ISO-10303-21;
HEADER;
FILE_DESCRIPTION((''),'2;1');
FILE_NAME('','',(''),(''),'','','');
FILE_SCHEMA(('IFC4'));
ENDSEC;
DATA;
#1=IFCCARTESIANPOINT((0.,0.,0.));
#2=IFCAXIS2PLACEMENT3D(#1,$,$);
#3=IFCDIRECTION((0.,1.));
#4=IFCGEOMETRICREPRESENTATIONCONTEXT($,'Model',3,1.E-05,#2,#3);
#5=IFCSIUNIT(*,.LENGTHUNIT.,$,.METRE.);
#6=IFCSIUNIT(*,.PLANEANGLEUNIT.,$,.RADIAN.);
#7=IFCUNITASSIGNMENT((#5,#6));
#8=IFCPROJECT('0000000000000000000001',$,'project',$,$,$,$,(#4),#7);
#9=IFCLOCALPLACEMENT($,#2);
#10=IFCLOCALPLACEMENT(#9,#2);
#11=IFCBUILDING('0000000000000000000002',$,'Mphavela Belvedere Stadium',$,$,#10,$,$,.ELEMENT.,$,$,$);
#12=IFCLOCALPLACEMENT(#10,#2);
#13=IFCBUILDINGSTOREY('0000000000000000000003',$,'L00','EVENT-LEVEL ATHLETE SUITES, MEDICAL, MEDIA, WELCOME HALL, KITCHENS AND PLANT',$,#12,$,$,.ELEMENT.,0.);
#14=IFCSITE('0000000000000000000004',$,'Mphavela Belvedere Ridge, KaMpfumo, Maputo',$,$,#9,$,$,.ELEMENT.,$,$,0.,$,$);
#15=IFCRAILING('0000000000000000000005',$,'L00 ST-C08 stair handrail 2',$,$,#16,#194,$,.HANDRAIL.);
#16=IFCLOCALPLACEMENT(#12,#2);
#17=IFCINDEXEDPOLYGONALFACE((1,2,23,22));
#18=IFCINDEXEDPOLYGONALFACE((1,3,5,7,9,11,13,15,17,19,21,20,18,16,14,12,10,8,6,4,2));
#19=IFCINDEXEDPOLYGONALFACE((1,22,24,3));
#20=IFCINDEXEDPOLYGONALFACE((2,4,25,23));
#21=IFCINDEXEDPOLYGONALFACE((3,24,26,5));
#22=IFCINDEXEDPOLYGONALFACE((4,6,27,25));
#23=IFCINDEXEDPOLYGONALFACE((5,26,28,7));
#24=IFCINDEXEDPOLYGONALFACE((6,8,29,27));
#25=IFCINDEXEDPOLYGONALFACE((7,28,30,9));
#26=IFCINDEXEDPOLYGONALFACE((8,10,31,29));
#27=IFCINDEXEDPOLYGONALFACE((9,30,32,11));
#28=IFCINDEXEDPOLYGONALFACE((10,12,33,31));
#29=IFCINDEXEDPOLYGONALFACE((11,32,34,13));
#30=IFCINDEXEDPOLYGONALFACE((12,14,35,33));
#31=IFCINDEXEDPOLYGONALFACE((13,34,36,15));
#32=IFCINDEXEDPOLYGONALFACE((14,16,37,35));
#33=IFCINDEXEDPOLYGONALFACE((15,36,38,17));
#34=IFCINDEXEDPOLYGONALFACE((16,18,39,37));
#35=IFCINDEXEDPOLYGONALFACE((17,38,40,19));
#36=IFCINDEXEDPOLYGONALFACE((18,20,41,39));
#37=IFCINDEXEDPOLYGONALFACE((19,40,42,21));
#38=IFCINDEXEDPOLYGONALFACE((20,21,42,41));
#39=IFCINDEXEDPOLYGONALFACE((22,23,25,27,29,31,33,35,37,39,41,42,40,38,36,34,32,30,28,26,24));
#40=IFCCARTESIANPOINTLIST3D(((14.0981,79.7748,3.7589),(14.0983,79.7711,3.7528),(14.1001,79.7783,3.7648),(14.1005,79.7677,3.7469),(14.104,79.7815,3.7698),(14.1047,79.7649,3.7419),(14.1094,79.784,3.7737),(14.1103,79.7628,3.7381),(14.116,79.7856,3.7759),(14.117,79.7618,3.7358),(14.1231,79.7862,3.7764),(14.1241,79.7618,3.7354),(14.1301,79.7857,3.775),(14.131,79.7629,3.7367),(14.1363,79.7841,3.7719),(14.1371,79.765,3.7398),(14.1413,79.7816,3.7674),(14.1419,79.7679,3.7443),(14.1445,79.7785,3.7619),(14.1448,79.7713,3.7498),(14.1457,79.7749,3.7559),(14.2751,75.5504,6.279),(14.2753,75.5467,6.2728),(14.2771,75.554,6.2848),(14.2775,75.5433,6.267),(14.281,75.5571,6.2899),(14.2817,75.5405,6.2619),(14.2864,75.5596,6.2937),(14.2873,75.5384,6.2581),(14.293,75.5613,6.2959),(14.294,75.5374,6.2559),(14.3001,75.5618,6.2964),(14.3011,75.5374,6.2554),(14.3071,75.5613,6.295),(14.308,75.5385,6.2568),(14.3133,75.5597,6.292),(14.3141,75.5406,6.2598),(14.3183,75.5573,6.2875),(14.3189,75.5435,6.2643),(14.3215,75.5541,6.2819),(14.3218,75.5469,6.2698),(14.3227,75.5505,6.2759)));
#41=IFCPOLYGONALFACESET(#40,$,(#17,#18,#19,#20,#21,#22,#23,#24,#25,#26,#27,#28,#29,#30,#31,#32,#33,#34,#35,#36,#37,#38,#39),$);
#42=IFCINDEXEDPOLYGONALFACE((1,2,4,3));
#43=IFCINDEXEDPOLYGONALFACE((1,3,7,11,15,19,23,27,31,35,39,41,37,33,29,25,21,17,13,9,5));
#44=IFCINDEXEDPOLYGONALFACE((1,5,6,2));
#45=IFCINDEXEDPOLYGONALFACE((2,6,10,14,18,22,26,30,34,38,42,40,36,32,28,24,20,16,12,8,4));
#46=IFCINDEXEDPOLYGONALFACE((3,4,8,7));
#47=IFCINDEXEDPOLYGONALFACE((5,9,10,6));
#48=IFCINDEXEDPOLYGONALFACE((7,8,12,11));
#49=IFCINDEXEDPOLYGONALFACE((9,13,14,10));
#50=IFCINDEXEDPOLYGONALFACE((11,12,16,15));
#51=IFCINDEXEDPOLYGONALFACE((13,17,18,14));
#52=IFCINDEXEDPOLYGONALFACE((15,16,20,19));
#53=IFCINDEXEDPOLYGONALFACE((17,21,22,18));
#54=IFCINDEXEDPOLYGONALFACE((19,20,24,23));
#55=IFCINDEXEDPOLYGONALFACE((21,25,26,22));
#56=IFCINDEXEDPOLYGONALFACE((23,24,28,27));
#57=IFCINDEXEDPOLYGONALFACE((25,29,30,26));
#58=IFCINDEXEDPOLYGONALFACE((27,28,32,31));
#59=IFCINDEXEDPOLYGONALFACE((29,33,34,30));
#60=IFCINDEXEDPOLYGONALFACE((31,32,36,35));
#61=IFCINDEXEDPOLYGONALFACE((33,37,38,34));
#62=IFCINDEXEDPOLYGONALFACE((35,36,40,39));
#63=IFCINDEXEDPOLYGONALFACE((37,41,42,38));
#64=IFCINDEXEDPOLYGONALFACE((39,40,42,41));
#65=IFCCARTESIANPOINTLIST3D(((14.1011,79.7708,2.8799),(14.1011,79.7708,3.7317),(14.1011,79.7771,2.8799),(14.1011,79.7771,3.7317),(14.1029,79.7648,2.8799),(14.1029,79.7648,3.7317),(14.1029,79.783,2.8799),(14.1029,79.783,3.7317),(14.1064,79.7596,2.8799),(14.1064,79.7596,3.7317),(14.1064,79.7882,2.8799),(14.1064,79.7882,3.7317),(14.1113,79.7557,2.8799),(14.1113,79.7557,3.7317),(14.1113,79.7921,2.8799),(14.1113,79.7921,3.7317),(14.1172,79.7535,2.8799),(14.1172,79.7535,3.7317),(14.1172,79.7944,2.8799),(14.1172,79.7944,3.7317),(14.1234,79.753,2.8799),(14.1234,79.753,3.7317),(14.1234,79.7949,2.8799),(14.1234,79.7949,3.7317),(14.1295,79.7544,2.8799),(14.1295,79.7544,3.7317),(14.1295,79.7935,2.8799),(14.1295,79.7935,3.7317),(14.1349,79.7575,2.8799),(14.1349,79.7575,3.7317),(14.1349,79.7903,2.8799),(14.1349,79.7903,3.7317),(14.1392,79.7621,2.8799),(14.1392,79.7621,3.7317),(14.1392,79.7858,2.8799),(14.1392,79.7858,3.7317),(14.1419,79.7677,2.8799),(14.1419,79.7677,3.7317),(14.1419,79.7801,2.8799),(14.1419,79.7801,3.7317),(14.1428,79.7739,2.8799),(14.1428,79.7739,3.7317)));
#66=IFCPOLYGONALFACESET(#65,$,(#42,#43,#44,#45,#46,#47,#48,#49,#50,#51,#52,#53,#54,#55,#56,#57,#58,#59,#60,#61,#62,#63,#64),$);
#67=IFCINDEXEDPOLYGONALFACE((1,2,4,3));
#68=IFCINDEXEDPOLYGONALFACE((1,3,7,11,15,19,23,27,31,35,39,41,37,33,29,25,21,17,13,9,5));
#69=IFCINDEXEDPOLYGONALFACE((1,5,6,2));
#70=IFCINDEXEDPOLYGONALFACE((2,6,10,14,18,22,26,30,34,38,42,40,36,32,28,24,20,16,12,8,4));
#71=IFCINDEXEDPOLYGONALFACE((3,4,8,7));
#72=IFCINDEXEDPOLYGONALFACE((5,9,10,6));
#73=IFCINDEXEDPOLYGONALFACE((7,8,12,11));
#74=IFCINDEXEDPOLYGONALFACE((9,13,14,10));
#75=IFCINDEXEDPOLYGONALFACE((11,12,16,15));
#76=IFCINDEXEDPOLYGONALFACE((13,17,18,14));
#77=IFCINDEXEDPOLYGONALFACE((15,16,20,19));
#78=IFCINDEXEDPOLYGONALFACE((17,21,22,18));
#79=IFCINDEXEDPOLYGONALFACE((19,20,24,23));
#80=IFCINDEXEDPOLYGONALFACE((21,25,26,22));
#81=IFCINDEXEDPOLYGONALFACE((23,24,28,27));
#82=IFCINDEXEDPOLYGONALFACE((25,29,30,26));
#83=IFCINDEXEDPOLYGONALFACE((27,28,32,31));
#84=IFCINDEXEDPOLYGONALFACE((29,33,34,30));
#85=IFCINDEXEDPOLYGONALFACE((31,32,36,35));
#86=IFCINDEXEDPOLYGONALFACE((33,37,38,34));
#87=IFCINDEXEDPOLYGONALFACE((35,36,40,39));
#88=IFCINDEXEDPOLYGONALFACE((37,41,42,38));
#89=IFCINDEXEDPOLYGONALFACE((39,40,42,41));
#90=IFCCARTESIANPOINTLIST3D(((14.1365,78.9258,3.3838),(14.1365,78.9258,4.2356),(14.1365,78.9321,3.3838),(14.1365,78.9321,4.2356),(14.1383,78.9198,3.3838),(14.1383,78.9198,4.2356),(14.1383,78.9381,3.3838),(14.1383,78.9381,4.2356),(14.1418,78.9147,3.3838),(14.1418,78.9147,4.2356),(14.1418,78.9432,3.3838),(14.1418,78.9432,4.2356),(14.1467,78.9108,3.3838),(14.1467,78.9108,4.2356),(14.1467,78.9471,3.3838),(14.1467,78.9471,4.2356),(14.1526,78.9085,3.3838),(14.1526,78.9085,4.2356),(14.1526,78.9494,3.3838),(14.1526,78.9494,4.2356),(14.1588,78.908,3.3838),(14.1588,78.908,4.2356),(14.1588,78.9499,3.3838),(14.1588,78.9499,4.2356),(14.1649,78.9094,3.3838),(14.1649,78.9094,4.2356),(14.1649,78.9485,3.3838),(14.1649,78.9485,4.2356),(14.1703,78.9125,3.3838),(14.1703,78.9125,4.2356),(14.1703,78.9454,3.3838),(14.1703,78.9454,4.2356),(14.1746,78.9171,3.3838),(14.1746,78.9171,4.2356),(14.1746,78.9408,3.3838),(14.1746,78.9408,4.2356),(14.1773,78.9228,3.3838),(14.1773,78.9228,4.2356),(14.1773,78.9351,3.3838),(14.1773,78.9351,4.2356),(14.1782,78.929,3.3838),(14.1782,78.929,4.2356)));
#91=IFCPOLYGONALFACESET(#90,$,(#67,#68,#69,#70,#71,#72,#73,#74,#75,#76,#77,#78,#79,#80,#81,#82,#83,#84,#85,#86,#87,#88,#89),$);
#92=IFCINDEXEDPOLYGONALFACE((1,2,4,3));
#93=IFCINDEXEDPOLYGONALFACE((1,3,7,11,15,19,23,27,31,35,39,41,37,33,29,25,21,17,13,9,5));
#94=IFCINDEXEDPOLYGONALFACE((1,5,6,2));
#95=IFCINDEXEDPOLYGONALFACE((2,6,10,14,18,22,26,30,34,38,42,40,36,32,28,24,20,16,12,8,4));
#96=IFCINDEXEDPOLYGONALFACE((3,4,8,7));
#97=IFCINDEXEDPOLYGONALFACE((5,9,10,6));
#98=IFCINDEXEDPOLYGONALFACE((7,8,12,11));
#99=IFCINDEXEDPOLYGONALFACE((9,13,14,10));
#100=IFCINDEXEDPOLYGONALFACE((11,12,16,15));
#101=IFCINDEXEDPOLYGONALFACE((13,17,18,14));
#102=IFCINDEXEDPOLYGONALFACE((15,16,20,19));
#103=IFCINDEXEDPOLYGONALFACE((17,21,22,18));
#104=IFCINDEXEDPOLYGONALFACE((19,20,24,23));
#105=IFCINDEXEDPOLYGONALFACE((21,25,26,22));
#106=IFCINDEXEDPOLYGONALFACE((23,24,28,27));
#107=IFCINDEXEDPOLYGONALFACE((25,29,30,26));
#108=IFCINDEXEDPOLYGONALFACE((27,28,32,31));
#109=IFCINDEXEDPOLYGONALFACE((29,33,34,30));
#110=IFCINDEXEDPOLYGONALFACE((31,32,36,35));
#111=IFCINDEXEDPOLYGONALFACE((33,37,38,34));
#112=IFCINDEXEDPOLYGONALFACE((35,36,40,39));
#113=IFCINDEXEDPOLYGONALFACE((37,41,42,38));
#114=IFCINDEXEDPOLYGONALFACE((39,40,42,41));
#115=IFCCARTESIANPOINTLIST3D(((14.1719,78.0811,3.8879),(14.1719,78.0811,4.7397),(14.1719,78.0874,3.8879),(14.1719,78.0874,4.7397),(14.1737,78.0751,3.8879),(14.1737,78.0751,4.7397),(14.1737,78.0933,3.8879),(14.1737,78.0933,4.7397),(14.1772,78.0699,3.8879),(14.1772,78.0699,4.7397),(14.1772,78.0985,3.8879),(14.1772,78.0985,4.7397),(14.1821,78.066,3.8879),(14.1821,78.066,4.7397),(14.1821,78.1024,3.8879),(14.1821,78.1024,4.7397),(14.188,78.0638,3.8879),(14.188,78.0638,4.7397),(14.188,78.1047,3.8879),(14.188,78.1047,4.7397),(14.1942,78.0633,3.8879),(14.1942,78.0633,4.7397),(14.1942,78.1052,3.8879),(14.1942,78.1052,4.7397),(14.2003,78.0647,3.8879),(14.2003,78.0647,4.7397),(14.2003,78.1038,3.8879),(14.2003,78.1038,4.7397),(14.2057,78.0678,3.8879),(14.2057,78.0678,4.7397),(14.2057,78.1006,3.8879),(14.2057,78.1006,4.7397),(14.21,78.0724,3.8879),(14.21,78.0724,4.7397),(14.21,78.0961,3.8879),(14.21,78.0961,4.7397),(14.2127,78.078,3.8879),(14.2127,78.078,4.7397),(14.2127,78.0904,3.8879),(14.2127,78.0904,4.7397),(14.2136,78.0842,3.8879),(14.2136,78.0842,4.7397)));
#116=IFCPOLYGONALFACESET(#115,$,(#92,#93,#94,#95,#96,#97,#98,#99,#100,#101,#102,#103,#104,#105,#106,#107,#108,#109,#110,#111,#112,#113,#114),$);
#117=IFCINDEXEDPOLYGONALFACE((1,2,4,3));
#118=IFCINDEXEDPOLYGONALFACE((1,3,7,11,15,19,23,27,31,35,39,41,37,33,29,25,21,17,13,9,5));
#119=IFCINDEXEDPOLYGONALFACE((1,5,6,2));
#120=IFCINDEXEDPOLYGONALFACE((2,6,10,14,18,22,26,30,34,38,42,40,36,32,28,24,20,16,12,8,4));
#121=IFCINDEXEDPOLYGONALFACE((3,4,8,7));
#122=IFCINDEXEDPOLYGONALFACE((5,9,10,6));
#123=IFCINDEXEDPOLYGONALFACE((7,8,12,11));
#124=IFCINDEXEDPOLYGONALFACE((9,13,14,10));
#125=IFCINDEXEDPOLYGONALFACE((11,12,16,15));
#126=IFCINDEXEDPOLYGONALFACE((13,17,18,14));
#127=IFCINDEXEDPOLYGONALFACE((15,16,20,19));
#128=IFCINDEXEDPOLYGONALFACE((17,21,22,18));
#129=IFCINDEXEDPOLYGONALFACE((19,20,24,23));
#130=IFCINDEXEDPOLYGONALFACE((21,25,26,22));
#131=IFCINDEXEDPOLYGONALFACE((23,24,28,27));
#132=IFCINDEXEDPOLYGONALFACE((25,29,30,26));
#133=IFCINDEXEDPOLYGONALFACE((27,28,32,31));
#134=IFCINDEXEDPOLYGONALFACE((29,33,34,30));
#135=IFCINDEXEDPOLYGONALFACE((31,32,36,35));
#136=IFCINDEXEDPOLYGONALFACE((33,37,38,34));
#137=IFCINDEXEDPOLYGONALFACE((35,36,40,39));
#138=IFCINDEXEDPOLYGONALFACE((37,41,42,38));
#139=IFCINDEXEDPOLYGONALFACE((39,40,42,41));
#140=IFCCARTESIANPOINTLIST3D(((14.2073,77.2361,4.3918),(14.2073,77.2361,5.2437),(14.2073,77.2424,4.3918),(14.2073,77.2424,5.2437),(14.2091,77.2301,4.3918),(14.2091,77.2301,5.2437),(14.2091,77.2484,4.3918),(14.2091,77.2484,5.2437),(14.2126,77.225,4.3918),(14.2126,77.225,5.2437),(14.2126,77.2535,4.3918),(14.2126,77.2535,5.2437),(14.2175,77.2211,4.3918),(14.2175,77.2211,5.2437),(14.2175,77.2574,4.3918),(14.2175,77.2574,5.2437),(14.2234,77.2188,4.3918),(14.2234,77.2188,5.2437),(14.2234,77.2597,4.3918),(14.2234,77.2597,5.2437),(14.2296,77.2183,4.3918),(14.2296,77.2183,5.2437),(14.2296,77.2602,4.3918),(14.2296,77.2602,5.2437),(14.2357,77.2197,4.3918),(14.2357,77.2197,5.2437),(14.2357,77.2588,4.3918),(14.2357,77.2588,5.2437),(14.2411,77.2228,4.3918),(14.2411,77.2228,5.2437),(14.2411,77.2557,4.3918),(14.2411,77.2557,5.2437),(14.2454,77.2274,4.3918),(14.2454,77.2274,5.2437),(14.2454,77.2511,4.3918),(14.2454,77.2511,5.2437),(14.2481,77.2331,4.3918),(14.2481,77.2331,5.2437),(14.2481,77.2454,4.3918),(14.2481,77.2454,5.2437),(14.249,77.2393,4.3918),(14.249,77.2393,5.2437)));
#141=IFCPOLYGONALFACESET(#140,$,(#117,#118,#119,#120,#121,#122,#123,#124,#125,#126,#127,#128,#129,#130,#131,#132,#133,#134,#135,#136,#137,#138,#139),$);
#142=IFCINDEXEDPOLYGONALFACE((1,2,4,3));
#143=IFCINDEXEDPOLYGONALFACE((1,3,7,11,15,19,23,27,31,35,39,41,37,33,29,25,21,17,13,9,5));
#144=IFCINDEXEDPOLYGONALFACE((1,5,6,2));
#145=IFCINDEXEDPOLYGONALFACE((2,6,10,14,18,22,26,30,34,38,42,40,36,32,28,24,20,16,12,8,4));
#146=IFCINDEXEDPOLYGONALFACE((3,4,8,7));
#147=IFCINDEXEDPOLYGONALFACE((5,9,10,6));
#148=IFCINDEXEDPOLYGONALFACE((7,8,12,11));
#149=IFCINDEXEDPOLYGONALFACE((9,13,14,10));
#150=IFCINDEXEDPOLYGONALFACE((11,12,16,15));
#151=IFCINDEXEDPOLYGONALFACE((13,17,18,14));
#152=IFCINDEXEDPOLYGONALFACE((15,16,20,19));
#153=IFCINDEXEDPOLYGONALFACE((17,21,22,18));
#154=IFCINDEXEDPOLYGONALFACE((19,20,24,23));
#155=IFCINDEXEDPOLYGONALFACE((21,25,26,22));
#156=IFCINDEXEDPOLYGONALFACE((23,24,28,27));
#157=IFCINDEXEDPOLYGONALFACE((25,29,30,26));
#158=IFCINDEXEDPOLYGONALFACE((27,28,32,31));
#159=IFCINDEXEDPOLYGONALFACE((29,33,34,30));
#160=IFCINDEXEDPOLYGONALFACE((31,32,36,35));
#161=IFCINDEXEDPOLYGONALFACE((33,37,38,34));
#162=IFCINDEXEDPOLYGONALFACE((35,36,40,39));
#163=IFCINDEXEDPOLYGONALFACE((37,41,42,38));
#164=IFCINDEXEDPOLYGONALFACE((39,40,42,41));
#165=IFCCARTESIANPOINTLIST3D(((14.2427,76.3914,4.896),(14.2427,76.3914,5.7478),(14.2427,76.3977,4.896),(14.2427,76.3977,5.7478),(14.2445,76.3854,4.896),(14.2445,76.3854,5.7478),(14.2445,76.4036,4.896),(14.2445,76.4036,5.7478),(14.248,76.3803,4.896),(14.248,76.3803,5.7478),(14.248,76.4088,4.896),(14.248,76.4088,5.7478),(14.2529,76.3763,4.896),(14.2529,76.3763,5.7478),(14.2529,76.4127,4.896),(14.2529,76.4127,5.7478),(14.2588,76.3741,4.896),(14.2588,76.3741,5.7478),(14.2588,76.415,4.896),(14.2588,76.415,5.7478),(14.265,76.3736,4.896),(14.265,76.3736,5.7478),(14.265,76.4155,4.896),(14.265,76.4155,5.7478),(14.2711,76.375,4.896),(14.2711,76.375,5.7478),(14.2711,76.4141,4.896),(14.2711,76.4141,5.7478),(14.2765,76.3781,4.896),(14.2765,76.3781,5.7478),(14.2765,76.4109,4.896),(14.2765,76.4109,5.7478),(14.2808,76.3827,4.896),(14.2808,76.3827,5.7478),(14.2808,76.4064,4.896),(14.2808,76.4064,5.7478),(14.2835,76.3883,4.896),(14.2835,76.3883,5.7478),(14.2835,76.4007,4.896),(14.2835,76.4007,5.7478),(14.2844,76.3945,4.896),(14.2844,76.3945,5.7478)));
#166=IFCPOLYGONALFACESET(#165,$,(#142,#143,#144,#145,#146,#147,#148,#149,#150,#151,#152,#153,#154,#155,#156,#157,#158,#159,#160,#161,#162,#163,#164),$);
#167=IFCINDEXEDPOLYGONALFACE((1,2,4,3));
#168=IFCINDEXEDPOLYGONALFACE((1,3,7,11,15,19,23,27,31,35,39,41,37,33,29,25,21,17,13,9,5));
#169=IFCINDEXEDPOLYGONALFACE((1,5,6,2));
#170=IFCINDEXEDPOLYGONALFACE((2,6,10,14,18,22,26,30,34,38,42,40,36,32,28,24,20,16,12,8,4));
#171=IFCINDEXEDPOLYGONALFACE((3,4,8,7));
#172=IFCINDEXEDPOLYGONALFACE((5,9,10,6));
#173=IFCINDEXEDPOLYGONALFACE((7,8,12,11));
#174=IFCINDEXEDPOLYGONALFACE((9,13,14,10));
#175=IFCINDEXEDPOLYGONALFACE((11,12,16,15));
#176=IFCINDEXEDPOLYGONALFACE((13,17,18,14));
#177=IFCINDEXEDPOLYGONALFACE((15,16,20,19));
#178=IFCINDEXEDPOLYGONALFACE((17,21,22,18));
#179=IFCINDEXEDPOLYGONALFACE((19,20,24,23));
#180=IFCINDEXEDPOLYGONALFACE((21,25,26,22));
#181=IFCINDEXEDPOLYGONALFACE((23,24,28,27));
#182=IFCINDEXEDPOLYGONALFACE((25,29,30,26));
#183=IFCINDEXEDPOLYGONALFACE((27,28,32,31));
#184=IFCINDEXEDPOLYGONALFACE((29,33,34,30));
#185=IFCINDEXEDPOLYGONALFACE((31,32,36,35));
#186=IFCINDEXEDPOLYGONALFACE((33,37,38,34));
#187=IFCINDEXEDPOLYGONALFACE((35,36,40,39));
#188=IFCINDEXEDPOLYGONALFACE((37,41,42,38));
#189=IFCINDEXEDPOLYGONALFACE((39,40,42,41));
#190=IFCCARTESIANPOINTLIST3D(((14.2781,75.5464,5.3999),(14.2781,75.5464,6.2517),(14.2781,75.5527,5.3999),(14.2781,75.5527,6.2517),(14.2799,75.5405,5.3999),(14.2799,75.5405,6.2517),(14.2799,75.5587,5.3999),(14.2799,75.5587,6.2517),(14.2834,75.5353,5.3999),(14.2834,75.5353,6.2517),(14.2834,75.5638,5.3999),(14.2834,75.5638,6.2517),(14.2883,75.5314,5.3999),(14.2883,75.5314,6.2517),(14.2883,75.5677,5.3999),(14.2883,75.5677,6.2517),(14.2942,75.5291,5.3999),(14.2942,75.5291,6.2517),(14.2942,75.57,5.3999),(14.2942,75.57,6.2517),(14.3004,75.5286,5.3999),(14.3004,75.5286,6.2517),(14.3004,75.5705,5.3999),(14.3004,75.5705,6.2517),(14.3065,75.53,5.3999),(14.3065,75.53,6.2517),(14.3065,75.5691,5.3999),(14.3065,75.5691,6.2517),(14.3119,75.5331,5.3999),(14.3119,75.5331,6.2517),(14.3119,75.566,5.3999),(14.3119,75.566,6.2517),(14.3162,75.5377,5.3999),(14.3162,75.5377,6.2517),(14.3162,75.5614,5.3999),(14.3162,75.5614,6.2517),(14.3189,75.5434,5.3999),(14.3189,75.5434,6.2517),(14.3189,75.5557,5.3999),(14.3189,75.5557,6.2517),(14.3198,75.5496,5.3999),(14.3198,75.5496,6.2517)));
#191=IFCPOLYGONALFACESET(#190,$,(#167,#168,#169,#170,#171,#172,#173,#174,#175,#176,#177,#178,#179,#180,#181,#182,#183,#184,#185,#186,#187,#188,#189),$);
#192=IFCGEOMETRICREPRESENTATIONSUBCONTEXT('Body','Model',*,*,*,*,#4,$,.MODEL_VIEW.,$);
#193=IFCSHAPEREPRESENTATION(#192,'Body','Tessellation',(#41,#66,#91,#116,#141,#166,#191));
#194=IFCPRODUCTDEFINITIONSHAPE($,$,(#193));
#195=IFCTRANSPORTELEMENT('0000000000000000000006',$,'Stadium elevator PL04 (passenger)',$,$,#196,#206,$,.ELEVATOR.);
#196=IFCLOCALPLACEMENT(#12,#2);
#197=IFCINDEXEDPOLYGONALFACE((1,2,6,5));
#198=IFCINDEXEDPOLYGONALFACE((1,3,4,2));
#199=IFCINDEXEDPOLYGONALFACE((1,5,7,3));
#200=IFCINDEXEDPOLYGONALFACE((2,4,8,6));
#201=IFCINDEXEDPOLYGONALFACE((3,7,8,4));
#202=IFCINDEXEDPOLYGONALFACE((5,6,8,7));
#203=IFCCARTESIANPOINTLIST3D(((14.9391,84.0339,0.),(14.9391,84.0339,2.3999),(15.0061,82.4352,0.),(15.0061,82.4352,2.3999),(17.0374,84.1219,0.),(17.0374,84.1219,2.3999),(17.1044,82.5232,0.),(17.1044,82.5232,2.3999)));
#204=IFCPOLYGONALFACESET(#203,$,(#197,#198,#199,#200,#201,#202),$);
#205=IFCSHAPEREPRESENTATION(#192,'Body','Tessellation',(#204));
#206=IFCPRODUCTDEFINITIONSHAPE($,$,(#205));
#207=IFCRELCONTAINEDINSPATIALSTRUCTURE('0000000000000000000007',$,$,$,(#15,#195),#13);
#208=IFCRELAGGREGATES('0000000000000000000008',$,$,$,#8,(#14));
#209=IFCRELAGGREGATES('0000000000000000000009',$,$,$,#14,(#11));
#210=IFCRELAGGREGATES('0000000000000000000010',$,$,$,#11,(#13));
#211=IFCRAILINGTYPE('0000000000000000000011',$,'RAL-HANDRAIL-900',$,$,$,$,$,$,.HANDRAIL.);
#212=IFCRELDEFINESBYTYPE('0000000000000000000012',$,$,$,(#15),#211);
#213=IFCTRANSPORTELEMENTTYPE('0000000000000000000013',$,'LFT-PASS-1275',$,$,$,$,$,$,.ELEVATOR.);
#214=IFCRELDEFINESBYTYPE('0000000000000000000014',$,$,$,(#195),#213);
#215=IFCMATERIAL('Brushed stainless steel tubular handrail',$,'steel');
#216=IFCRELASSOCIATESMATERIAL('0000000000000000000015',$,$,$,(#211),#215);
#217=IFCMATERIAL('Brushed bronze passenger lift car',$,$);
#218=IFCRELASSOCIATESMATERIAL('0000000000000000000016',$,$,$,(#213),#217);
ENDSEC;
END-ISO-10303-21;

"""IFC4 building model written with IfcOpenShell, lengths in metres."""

from ifc_helpers import new_model, si_unit, direction, frame, origin, origin_2d, place, context, subcontext, project, spatial, rectangle, circle, extrude, material, type_object, element, save


model = new_model("IFC4")

# Units and contexts
model_context = context("Model", 3, precision=1e-05, world=origin(), true_north=direction((0.0, 1.0)))
body_context = subcontext(model_context, "Body", "Model", "MODEL_VIEW")
ifc_project = project(units=[si_unit("LENGTHUNIT", "METRE"), si_unit("PLANEANGLEUNIT", "RADIAN")], contexts=[model_context])

# Site, building, storey
site_placement = place(None, origin())
site = spatial("IfcSite", under=ifc_project, at=site_placement, Name="Mphavela Belvedere Ridge, KaMpfumo, Maputo", CompositionType="ELEMENT", RefElevation=0.0)
building_placement = place(site_placement, origin())
building = spatial("IfcBuilding", under=site, at=building_placement, Name="Mphavela Belvedere Stadium", CompositionType="ELEMENT")
storey_placement = place(building_placement, origin())
storey = spatial("IfcBuildingStorey", under=building, at=storey_placement, Name="L00", Description="EVENT-LEVEL ATHLETE SUITES, MEDICAL, MEDIA, WELCOME HALL, KITCHENS AND PLANT", CompositionType="ELEMENT", Elevation=0.0)

# Railing
ifc_material_1 = material(Name="Brushed stainless steel tubular handrail", Category="steel")
railing_type_1 = type_object("IfcRailingType", Name="RAL-HANDRAIL-900", PredefinedType="HANDRAIL", material=ifc_material_1)
railing_1_placement = place(storey_placement, frame((14.1218, 79.7739, 2.8799)))
element("IfcRailing", 1, at=railing_1_placement, inside=storey, type_object=railing_type_1, Name="L00 ST-C08 stair handrail 2", PredefinedType="HANDRAIL", context=body_context, shape_type="SweptSolid", body=[
    extrude(circle(Radius=0.0239, at=origin_2d()), frame((0.0, 0.0, 0.876), z_axis=(0.035961, -0.858244, 0.51198), x_axis=(0.999123, 0.041864, 0.0)), (0.0, 0.0, 1.0), 4.9221),
    extrude(circle(Radius=0.021, at=origin_2d()), origin(), (0.0, 0.0, 1.0), 0.8518),
    extrude(circle(Radius=0.021, at=origin_2d()), frame((0.0354, -0.845, 0.5039)), (0.0, 0.0, 1.0), 0.8518),
    extrude(circle(Radius=0.021, at=origin_2d()), frame((0.0708, -1.6897, 1.0081)), (0.0, 0.0, 1.0), 0.8518),
    extrude(circle(Radius=0.021, at=origin_2d()), frame((0.1062, -2.5347, 1.512)), (0.0, 0.0, 1.0), 0.8518),
    extrude(circle(Radius=0.021, at=origin_2d()), frame((0.1416, -3.3794, 2.0161)), (0.0, 0.0, 1.0), 0.8518),
    extrude(circle(Radius=0.021, at=origin_2d()), frame((0.177, -4.2244, 2.52)), (0.0, 0.0, 1.0), 0.8518),
])

# Transport element
ifc_material_2 = material(Name="Brushed bronze passenger lift car")
transport_element_type = type_object("IfcTransportElementType", Name="LFT-PASS-1275", PredefinedType="ELEVATOR", material=ifc_material_2)
transport_element_placement = place(storey_placement, frame((16.0217, 83.2786, 0.0), z_axis=(0.0, 0.0, 1.0), x_axis=(-0.041876, 0.999123, 0.0)))
element("IfcTransportElement", 2, at=transport_element_placement, inside=storey, type_object=transport_element_type, Name="Stadium elevator PL04 (passenger)", PredefinedType="ELEVATOR", context=body_context, shape_type="SweptSolid", body=[
    extrude(rectangle(XDim=1.6001, YDim=2.1001, at=origin_2d()), origin(), (0.0, 0.0, 1.0), 2.3999),
])

save(model, "model.ifc")
